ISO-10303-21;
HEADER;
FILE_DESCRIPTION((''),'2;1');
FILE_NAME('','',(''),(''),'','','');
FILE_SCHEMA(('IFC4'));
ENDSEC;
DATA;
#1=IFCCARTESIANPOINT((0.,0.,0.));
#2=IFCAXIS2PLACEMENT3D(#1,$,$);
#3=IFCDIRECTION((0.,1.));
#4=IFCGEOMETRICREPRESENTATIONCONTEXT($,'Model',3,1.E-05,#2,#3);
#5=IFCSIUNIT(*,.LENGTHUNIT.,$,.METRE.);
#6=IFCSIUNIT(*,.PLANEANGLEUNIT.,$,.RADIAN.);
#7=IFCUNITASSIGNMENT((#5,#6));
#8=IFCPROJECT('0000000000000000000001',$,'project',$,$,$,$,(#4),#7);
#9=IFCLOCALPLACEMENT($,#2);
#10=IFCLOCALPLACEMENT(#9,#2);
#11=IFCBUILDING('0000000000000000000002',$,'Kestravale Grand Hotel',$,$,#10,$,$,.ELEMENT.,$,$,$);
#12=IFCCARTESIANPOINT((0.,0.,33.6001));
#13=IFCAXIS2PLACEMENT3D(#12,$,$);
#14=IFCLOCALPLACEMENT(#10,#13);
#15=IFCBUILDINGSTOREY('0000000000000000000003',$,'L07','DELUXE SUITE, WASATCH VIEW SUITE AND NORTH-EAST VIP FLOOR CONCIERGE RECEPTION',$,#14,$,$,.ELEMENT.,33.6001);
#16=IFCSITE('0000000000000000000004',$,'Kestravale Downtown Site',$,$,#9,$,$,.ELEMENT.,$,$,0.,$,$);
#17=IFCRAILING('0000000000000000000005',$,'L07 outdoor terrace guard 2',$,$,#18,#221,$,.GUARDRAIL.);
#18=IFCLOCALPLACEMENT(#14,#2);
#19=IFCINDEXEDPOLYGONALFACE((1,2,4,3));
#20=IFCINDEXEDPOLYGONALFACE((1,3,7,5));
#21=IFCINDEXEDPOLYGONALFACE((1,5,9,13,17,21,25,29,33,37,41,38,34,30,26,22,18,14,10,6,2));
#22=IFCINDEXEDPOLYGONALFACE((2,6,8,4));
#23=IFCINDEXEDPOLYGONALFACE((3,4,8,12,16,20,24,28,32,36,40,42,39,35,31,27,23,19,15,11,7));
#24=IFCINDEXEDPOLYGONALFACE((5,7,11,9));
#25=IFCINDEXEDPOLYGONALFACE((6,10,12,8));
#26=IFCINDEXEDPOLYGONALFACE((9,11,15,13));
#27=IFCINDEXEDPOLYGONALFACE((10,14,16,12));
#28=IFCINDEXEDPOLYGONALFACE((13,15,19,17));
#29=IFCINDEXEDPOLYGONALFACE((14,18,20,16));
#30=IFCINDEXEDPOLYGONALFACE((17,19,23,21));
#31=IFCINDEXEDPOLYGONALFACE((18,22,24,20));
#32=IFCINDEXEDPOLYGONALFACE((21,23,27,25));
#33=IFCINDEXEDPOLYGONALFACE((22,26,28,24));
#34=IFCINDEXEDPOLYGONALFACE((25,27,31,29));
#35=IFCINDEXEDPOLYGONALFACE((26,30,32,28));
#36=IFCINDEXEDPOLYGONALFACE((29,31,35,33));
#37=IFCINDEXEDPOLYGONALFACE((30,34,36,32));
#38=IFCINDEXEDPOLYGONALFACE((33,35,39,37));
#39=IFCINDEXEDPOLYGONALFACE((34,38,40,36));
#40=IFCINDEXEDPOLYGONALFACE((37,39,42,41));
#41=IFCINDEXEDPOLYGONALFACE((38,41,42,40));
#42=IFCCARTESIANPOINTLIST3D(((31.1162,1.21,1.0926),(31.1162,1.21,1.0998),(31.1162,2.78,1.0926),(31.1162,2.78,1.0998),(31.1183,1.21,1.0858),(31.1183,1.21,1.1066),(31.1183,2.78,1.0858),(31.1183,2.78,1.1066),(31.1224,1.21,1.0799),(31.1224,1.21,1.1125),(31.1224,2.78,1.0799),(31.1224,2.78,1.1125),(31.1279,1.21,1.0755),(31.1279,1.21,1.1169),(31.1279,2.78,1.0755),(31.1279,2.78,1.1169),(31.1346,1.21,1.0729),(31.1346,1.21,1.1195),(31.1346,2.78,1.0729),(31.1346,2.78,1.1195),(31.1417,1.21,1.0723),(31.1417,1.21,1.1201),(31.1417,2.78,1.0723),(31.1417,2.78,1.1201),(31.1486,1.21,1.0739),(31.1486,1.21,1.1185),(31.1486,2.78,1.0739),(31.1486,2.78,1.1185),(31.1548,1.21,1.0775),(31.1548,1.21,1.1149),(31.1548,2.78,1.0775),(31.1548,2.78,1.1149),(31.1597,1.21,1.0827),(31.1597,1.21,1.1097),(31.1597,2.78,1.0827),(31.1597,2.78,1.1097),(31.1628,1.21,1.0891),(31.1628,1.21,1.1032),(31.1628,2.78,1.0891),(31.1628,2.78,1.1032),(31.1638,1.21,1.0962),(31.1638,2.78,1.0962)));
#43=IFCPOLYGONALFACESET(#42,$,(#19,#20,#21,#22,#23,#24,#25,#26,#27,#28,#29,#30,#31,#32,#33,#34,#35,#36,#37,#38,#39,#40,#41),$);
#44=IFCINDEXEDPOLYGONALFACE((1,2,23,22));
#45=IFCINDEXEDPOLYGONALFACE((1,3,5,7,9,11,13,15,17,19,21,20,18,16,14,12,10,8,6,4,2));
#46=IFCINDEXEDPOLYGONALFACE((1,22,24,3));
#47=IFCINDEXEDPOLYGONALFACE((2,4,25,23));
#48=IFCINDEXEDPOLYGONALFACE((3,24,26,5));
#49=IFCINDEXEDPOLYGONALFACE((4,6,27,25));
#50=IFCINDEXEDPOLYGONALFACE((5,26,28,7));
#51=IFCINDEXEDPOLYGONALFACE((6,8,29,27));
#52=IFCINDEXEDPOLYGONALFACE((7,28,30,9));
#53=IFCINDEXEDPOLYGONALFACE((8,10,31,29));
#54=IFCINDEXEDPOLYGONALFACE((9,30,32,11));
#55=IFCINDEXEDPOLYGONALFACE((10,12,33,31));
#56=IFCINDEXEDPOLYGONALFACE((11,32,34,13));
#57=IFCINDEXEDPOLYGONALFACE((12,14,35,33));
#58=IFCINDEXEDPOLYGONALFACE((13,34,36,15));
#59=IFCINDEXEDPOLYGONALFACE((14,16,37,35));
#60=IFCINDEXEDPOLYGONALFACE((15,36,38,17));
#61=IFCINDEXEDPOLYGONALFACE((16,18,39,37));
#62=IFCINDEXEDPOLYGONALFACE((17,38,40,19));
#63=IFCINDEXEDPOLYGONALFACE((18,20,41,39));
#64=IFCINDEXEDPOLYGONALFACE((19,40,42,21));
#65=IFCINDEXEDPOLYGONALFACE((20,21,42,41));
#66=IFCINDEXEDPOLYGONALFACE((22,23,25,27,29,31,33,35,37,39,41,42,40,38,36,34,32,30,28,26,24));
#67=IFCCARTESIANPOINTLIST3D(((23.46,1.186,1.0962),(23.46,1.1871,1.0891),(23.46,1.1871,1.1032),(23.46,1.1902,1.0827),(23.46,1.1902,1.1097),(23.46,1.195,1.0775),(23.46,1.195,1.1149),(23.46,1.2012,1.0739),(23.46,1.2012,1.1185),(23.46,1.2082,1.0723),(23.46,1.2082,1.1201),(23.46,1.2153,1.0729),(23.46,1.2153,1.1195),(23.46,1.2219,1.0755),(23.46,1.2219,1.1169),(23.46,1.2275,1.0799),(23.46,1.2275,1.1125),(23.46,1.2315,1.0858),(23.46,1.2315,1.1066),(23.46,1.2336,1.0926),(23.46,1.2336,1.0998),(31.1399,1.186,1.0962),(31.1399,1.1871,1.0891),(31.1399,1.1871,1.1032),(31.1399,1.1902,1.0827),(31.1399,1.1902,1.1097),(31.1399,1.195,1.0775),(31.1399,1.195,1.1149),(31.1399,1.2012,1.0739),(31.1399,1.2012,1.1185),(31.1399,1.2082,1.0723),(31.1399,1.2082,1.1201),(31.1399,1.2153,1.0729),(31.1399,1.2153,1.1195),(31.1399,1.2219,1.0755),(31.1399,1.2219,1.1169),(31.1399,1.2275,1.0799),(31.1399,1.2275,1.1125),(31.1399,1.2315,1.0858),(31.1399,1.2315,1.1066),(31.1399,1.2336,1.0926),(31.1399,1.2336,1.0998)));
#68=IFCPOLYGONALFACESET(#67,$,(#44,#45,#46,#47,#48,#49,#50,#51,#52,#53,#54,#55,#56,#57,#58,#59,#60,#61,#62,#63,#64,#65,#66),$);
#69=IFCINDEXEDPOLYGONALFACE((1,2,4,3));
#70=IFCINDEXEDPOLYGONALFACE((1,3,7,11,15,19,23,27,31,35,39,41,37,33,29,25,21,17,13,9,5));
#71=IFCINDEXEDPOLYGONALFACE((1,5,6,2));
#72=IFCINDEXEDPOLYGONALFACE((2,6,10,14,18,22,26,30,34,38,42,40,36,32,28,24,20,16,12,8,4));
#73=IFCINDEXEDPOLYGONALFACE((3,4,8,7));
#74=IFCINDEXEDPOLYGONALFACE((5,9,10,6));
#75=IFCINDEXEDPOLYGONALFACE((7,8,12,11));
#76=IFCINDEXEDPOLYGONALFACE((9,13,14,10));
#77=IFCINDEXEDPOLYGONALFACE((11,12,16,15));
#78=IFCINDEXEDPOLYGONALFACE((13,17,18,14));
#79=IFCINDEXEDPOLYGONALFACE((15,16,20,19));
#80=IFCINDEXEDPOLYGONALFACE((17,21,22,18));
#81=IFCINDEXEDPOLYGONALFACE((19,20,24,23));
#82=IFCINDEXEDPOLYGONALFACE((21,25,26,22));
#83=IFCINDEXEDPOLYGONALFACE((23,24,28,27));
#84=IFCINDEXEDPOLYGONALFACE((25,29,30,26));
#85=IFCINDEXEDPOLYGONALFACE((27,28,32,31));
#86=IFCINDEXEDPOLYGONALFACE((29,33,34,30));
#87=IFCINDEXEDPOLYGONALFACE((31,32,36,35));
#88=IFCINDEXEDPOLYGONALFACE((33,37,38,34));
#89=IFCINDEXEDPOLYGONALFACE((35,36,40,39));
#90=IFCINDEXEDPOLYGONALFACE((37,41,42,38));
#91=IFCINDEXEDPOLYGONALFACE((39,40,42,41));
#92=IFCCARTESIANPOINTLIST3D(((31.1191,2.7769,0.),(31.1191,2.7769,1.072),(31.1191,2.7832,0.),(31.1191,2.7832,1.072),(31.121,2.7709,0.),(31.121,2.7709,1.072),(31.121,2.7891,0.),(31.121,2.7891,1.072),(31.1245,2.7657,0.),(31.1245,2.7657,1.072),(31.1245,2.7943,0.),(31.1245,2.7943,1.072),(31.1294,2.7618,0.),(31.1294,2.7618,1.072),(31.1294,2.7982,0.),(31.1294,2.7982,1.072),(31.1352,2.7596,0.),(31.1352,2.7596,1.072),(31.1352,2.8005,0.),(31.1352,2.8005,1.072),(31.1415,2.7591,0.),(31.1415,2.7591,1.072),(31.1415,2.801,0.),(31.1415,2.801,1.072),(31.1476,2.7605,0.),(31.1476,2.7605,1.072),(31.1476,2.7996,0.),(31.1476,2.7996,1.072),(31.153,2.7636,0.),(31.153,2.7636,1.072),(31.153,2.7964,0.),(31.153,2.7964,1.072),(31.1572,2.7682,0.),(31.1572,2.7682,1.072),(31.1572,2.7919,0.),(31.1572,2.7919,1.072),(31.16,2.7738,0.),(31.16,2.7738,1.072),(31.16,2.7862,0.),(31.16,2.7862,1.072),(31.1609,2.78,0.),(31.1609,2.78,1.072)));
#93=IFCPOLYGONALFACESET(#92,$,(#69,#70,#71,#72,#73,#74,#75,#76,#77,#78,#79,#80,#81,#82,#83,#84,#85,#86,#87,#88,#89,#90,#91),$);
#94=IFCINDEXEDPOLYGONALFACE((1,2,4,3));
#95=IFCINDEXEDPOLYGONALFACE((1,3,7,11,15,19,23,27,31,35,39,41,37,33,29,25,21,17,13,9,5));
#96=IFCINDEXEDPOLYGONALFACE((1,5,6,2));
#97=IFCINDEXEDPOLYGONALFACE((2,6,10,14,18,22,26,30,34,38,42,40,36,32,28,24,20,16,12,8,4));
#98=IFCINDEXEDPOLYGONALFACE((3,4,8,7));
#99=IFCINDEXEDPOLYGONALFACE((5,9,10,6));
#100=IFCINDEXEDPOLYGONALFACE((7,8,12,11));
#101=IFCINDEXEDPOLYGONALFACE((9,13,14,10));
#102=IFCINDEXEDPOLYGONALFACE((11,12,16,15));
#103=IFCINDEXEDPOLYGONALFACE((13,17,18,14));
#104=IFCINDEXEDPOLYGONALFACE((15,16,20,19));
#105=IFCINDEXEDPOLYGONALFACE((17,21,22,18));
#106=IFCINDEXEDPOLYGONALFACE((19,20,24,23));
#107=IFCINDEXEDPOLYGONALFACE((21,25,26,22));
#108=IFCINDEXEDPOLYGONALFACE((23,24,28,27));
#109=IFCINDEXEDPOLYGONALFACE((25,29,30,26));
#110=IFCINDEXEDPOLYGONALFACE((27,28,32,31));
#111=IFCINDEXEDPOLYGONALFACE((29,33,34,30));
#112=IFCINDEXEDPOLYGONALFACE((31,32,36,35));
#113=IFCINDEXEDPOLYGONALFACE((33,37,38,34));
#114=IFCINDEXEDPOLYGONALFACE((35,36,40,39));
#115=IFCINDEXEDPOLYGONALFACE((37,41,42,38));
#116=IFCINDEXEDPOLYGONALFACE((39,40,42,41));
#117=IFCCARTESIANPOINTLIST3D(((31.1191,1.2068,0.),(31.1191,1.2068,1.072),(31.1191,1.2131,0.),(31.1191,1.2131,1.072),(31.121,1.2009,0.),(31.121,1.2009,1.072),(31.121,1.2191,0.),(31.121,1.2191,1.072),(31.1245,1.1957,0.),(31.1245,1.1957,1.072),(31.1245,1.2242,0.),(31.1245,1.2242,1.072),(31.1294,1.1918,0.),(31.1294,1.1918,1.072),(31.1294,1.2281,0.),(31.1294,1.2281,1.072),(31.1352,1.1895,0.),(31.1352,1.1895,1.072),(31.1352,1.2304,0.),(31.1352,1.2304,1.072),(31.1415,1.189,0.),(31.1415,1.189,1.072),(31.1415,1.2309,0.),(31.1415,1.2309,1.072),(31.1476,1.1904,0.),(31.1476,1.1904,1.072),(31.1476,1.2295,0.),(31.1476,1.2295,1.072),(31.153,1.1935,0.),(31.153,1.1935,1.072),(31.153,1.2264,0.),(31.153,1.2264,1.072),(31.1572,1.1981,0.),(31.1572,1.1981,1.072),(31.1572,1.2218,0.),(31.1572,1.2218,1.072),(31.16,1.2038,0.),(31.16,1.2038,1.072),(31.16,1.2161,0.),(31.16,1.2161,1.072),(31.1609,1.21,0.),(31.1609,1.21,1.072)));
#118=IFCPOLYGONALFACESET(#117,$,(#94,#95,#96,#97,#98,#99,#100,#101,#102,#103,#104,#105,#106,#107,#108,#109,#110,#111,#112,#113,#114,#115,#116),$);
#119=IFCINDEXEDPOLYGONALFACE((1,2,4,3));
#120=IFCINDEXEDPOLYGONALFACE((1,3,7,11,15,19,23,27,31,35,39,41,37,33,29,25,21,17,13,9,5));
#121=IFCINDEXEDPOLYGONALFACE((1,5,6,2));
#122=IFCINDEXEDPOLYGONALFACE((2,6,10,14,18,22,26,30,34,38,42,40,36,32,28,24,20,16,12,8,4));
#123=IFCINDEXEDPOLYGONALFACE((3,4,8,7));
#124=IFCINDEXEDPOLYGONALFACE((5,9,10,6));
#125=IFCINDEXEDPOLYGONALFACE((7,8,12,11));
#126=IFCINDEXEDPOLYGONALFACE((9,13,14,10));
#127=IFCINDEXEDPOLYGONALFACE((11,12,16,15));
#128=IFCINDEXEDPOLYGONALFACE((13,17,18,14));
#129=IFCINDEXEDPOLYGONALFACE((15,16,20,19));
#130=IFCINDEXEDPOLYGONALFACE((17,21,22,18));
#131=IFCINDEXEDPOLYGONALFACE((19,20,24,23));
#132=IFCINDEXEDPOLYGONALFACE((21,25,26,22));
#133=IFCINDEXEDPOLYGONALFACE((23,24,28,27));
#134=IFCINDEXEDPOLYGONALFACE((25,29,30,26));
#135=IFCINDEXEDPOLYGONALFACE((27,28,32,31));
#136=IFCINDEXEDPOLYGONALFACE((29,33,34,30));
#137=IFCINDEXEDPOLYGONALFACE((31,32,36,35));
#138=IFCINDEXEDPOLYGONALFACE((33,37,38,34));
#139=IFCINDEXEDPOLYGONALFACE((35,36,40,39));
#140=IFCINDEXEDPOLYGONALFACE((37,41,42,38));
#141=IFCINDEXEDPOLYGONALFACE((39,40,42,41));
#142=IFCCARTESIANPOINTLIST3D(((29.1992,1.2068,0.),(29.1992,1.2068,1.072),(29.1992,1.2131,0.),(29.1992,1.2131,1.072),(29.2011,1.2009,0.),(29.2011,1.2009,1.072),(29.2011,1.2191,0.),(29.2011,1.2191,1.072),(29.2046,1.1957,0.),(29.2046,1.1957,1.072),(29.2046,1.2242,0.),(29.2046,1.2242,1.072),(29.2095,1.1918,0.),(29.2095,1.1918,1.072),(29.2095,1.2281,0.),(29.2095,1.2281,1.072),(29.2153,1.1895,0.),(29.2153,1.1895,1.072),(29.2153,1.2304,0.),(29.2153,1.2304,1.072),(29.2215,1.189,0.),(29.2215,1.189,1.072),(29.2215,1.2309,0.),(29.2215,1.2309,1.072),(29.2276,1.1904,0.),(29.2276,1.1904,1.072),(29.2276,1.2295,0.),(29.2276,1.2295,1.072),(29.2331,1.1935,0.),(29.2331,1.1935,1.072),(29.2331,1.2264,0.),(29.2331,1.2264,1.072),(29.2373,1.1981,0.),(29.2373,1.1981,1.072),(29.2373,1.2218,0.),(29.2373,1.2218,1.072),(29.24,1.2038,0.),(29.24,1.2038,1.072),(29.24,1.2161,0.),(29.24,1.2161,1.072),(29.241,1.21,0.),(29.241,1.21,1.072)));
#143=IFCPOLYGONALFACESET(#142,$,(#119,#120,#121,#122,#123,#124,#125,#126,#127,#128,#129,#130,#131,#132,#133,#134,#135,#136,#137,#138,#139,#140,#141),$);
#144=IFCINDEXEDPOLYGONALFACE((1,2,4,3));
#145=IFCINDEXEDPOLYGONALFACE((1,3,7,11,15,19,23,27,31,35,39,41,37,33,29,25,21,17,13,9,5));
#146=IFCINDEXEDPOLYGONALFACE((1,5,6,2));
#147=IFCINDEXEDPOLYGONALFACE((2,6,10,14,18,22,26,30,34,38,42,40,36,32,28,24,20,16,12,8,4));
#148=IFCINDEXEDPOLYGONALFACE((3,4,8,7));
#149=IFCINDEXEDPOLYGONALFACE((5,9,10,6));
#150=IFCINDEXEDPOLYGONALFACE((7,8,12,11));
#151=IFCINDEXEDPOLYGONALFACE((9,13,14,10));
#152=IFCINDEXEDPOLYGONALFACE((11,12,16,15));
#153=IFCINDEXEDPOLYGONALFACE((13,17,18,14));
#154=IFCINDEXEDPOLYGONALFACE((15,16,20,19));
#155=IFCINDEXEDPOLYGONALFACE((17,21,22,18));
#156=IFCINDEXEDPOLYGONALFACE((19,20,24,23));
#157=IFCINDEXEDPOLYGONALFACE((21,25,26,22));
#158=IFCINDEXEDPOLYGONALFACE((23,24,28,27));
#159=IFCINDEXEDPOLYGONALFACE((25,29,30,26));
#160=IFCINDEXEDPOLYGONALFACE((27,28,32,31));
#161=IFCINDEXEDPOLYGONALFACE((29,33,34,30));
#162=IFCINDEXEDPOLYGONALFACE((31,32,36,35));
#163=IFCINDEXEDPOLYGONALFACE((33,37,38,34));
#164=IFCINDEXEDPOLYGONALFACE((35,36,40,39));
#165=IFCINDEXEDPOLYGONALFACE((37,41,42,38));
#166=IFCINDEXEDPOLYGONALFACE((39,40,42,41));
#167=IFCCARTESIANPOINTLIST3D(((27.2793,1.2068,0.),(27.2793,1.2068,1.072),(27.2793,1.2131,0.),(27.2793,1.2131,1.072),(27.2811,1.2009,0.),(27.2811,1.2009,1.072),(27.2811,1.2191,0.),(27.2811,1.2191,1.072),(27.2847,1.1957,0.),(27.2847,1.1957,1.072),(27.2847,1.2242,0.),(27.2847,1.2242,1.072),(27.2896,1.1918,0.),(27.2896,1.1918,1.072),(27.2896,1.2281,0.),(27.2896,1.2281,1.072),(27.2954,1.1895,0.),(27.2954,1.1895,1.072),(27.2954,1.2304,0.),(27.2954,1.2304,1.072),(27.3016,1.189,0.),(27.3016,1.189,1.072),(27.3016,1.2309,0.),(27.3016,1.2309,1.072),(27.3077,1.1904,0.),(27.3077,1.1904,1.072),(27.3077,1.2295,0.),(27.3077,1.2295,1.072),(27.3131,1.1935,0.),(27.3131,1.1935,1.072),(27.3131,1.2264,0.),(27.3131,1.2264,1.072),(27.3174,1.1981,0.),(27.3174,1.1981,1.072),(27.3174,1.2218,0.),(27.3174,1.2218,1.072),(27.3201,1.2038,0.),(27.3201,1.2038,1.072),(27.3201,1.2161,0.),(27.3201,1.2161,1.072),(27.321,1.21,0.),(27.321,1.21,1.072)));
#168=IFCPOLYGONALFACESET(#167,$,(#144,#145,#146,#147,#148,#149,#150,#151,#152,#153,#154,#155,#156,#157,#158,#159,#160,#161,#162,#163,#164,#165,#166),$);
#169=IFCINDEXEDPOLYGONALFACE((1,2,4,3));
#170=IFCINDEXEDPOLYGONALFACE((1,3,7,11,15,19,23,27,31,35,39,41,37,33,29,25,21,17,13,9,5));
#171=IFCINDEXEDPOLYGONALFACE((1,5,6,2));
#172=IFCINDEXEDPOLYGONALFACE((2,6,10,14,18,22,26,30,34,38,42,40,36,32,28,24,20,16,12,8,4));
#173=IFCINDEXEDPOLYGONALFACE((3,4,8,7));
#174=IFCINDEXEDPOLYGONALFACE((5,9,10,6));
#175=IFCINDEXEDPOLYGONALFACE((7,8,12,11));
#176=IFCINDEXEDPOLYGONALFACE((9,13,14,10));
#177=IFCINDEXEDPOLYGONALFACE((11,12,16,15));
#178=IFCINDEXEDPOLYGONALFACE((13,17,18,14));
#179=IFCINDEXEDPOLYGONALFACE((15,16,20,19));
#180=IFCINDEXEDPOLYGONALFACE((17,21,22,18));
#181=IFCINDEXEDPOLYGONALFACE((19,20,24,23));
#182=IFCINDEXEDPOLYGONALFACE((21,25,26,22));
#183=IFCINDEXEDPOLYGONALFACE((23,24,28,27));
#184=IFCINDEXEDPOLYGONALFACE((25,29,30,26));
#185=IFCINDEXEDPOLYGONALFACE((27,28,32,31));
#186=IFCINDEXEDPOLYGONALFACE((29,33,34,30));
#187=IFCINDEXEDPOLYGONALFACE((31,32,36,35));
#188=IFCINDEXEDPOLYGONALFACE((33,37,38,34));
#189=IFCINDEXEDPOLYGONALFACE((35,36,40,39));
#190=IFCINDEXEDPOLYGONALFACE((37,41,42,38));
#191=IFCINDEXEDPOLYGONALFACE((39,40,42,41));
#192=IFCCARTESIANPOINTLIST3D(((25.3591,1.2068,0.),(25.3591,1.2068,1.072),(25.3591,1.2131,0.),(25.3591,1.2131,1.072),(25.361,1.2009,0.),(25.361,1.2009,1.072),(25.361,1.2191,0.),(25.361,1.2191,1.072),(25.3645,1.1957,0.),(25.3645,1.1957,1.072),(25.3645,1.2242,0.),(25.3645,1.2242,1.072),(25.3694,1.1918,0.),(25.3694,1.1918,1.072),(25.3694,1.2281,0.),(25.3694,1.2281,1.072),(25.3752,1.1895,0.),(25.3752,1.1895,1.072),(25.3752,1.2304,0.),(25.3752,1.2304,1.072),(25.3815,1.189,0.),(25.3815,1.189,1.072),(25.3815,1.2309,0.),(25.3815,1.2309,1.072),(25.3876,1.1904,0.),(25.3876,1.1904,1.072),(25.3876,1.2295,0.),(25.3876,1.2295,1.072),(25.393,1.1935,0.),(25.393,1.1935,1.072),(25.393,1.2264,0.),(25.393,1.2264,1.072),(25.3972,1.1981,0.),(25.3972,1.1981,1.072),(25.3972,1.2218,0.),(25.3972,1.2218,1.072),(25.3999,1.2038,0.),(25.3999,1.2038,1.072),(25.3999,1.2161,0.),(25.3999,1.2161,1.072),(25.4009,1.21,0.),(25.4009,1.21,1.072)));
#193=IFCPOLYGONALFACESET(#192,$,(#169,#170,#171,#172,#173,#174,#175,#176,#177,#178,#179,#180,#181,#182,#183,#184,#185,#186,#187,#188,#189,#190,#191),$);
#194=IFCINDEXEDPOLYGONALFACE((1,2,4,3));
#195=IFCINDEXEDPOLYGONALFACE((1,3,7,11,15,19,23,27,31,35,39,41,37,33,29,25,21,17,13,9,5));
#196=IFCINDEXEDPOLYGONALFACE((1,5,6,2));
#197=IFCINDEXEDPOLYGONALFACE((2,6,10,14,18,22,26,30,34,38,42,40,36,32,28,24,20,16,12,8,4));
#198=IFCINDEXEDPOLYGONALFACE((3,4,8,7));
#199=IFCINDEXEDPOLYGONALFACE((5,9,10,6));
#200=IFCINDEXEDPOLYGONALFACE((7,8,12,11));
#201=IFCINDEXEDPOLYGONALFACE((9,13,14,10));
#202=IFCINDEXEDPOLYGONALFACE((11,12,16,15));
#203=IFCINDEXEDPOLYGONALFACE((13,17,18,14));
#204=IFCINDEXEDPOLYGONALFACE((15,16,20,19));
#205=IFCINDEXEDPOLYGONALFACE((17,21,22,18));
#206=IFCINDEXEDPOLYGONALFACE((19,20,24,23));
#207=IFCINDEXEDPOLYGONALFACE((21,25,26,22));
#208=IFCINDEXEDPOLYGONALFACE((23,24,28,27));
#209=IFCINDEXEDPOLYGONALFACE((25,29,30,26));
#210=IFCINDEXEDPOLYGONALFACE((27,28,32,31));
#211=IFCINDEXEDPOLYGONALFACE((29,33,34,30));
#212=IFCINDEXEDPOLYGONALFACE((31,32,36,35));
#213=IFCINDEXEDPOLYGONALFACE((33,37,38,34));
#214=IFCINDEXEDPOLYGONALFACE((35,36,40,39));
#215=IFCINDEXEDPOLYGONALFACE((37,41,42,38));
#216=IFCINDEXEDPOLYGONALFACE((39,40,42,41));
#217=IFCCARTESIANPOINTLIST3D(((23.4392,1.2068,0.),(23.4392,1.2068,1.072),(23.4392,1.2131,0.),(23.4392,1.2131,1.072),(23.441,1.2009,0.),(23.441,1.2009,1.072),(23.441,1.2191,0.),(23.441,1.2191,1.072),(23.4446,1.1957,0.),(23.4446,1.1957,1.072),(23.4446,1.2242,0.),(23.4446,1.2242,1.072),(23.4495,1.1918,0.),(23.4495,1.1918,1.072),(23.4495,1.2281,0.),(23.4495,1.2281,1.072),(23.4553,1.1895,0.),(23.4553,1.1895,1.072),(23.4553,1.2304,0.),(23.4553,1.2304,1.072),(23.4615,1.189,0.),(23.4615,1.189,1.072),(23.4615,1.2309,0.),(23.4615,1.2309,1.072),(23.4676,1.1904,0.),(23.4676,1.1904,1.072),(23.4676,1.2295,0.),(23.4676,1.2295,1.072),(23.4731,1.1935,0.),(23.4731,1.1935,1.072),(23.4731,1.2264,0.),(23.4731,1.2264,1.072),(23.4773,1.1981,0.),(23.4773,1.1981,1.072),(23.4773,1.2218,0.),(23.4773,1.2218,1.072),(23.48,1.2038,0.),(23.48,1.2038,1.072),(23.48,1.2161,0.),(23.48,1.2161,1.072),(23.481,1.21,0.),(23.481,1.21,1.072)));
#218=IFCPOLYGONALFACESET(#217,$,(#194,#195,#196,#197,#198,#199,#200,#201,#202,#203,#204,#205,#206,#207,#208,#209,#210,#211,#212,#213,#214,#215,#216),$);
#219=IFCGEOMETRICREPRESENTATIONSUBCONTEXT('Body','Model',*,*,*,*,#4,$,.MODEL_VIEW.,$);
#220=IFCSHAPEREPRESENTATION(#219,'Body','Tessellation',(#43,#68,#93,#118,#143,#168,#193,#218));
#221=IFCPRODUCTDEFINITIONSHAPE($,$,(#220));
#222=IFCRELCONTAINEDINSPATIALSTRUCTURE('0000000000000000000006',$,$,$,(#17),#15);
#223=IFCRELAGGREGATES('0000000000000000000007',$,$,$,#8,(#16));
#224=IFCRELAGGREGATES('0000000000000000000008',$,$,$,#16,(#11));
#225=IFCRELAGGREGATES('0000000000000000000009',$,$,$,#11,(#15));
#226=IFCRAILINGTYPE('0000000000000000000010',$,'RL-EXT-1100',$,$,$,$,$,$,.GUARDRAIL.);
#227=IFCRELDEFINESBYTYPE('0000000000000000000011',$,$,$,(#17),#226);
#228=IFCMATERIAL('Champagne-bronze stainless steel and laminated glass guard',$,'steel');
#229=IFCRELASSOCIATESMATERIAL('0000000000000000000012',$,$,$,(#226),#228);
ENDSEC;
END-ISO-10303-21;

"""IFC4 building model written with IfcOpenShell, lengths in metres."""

from ifc_helpers import new_model, si_unit, direction, frame, origin, origin_2d, place, context, subcontext, project, spatial, circle, extrude, material, type_object, element, save


model = new_model("IFC4")

# Units and contexts
model_context = context("Model", 3, precision=1e-05, world=origin(), true_north=direction((0.0, 1.0)))
body_context = subcontext(model_context, "Body", "Model", "MODEL_VIEW")
ifc_project = project(units=[si_unit("LENGTHUNIT", "METRE"), si_unit("PLANEANGLEUNIT", "RADIAN")], contexts=[model_context])

# Site, building, storey
site_placement = place(None, origin())
site = spatial("IfcSite", under=ifc_project, at=site_placement, Name="Kestravale Downtown Site", CompositionType="ELEMENT", RefElevation=0.0)
building_placement = place(site_placement, origin())
building = spatial("IfcBuilding", under=site, at=building_placement, Name="Kestravale Grand Hotel", CompositionType="ELEMENT")
storey_placement = place(building_placement, frame((0.0, 0.0, 33.6001)))
storey = spatial("IfcBuildingStorey", under=building, at=storey_placement, Name="L07", Description="DELUXE SUITE, WASATCH VIEW SUITE AND NORTH-EAST VIP FLOOR CONCIERGE RECEPTION", CompositionType="ELEMENT", Elevation=33.6001)

# Railing
ifc_material_1 = material(Name="Champagne-bronze stainless steel and laminated glass guard", Category="steel")
railing_type = type_object("IfcRailingType", Name="RL-EXT-1100", PredefinedType="GUARDRAIL", material=ifc_material_1)
railing_1_placement = place(storey_placement, frame((31.1399, 2.78, 0.0)))
element("IfcRailing", 1, at=railing_1_placement, inside=storey, type_object=railing_type, Name="L07 outdoor terrace guard 2", PredefinedType="GUARDRAIL", context=body_context, shape_type="SweptSolid", body=[
    extrude(circle(Radius=0.0239, at=origin_2d()), frame((0.0, 0.0, 1.0962), z_axis=(0.0, -1.0, 0.0), x_axis=(1.0, 0.0, 0.0)), (0.0, 0.0, 1.0), 1.5701),
    extrude(circle(Radius=0.0239, at=origin_2d()), frame((0.0, -1.5701, 1.0962), z_axis=(-1.0, 0.0, 0.0), x_axis=(0.0, -1.0, 0.0)), (0.0, 0.0, 1.0), 7.6799),
    extrude(circle(Radius=0.021, at=origin_2d()), origin(), (0.0, 0.0, 1.0), 1.072),
    extrude(circle(Radius=0.021, at=origin_2d()), frame((0.0, -1.5701, 0.0)), (0.0, 0.0, 1.0), 1.072),
    extrude(circle(Radius=0.021, at=origin_2d()), frame((-1.9199, -1.5701, 0.0)), (0.0, 0.0, 1.0), 1.072),
    extrude(circle(Radius=0.021, at=origin_2d()), frame((-3.8398, -1.5701, 0.0)), (0.0, 0.0, 1.0), 1.072),
    extrude(circle(Radius=0.021, at=origin_2d()), frame((-5.76, -1.5701, 0.0)), (0.0, 0.0, 1.0), 1.072),
    extrude(circle(Radius=0.021, at=origin_2d()), frame((-7.6799, -1.5701, 0.0)), (0.0, 0.0, 1.0), 1.072),
])

save(model, "model.ifc")
